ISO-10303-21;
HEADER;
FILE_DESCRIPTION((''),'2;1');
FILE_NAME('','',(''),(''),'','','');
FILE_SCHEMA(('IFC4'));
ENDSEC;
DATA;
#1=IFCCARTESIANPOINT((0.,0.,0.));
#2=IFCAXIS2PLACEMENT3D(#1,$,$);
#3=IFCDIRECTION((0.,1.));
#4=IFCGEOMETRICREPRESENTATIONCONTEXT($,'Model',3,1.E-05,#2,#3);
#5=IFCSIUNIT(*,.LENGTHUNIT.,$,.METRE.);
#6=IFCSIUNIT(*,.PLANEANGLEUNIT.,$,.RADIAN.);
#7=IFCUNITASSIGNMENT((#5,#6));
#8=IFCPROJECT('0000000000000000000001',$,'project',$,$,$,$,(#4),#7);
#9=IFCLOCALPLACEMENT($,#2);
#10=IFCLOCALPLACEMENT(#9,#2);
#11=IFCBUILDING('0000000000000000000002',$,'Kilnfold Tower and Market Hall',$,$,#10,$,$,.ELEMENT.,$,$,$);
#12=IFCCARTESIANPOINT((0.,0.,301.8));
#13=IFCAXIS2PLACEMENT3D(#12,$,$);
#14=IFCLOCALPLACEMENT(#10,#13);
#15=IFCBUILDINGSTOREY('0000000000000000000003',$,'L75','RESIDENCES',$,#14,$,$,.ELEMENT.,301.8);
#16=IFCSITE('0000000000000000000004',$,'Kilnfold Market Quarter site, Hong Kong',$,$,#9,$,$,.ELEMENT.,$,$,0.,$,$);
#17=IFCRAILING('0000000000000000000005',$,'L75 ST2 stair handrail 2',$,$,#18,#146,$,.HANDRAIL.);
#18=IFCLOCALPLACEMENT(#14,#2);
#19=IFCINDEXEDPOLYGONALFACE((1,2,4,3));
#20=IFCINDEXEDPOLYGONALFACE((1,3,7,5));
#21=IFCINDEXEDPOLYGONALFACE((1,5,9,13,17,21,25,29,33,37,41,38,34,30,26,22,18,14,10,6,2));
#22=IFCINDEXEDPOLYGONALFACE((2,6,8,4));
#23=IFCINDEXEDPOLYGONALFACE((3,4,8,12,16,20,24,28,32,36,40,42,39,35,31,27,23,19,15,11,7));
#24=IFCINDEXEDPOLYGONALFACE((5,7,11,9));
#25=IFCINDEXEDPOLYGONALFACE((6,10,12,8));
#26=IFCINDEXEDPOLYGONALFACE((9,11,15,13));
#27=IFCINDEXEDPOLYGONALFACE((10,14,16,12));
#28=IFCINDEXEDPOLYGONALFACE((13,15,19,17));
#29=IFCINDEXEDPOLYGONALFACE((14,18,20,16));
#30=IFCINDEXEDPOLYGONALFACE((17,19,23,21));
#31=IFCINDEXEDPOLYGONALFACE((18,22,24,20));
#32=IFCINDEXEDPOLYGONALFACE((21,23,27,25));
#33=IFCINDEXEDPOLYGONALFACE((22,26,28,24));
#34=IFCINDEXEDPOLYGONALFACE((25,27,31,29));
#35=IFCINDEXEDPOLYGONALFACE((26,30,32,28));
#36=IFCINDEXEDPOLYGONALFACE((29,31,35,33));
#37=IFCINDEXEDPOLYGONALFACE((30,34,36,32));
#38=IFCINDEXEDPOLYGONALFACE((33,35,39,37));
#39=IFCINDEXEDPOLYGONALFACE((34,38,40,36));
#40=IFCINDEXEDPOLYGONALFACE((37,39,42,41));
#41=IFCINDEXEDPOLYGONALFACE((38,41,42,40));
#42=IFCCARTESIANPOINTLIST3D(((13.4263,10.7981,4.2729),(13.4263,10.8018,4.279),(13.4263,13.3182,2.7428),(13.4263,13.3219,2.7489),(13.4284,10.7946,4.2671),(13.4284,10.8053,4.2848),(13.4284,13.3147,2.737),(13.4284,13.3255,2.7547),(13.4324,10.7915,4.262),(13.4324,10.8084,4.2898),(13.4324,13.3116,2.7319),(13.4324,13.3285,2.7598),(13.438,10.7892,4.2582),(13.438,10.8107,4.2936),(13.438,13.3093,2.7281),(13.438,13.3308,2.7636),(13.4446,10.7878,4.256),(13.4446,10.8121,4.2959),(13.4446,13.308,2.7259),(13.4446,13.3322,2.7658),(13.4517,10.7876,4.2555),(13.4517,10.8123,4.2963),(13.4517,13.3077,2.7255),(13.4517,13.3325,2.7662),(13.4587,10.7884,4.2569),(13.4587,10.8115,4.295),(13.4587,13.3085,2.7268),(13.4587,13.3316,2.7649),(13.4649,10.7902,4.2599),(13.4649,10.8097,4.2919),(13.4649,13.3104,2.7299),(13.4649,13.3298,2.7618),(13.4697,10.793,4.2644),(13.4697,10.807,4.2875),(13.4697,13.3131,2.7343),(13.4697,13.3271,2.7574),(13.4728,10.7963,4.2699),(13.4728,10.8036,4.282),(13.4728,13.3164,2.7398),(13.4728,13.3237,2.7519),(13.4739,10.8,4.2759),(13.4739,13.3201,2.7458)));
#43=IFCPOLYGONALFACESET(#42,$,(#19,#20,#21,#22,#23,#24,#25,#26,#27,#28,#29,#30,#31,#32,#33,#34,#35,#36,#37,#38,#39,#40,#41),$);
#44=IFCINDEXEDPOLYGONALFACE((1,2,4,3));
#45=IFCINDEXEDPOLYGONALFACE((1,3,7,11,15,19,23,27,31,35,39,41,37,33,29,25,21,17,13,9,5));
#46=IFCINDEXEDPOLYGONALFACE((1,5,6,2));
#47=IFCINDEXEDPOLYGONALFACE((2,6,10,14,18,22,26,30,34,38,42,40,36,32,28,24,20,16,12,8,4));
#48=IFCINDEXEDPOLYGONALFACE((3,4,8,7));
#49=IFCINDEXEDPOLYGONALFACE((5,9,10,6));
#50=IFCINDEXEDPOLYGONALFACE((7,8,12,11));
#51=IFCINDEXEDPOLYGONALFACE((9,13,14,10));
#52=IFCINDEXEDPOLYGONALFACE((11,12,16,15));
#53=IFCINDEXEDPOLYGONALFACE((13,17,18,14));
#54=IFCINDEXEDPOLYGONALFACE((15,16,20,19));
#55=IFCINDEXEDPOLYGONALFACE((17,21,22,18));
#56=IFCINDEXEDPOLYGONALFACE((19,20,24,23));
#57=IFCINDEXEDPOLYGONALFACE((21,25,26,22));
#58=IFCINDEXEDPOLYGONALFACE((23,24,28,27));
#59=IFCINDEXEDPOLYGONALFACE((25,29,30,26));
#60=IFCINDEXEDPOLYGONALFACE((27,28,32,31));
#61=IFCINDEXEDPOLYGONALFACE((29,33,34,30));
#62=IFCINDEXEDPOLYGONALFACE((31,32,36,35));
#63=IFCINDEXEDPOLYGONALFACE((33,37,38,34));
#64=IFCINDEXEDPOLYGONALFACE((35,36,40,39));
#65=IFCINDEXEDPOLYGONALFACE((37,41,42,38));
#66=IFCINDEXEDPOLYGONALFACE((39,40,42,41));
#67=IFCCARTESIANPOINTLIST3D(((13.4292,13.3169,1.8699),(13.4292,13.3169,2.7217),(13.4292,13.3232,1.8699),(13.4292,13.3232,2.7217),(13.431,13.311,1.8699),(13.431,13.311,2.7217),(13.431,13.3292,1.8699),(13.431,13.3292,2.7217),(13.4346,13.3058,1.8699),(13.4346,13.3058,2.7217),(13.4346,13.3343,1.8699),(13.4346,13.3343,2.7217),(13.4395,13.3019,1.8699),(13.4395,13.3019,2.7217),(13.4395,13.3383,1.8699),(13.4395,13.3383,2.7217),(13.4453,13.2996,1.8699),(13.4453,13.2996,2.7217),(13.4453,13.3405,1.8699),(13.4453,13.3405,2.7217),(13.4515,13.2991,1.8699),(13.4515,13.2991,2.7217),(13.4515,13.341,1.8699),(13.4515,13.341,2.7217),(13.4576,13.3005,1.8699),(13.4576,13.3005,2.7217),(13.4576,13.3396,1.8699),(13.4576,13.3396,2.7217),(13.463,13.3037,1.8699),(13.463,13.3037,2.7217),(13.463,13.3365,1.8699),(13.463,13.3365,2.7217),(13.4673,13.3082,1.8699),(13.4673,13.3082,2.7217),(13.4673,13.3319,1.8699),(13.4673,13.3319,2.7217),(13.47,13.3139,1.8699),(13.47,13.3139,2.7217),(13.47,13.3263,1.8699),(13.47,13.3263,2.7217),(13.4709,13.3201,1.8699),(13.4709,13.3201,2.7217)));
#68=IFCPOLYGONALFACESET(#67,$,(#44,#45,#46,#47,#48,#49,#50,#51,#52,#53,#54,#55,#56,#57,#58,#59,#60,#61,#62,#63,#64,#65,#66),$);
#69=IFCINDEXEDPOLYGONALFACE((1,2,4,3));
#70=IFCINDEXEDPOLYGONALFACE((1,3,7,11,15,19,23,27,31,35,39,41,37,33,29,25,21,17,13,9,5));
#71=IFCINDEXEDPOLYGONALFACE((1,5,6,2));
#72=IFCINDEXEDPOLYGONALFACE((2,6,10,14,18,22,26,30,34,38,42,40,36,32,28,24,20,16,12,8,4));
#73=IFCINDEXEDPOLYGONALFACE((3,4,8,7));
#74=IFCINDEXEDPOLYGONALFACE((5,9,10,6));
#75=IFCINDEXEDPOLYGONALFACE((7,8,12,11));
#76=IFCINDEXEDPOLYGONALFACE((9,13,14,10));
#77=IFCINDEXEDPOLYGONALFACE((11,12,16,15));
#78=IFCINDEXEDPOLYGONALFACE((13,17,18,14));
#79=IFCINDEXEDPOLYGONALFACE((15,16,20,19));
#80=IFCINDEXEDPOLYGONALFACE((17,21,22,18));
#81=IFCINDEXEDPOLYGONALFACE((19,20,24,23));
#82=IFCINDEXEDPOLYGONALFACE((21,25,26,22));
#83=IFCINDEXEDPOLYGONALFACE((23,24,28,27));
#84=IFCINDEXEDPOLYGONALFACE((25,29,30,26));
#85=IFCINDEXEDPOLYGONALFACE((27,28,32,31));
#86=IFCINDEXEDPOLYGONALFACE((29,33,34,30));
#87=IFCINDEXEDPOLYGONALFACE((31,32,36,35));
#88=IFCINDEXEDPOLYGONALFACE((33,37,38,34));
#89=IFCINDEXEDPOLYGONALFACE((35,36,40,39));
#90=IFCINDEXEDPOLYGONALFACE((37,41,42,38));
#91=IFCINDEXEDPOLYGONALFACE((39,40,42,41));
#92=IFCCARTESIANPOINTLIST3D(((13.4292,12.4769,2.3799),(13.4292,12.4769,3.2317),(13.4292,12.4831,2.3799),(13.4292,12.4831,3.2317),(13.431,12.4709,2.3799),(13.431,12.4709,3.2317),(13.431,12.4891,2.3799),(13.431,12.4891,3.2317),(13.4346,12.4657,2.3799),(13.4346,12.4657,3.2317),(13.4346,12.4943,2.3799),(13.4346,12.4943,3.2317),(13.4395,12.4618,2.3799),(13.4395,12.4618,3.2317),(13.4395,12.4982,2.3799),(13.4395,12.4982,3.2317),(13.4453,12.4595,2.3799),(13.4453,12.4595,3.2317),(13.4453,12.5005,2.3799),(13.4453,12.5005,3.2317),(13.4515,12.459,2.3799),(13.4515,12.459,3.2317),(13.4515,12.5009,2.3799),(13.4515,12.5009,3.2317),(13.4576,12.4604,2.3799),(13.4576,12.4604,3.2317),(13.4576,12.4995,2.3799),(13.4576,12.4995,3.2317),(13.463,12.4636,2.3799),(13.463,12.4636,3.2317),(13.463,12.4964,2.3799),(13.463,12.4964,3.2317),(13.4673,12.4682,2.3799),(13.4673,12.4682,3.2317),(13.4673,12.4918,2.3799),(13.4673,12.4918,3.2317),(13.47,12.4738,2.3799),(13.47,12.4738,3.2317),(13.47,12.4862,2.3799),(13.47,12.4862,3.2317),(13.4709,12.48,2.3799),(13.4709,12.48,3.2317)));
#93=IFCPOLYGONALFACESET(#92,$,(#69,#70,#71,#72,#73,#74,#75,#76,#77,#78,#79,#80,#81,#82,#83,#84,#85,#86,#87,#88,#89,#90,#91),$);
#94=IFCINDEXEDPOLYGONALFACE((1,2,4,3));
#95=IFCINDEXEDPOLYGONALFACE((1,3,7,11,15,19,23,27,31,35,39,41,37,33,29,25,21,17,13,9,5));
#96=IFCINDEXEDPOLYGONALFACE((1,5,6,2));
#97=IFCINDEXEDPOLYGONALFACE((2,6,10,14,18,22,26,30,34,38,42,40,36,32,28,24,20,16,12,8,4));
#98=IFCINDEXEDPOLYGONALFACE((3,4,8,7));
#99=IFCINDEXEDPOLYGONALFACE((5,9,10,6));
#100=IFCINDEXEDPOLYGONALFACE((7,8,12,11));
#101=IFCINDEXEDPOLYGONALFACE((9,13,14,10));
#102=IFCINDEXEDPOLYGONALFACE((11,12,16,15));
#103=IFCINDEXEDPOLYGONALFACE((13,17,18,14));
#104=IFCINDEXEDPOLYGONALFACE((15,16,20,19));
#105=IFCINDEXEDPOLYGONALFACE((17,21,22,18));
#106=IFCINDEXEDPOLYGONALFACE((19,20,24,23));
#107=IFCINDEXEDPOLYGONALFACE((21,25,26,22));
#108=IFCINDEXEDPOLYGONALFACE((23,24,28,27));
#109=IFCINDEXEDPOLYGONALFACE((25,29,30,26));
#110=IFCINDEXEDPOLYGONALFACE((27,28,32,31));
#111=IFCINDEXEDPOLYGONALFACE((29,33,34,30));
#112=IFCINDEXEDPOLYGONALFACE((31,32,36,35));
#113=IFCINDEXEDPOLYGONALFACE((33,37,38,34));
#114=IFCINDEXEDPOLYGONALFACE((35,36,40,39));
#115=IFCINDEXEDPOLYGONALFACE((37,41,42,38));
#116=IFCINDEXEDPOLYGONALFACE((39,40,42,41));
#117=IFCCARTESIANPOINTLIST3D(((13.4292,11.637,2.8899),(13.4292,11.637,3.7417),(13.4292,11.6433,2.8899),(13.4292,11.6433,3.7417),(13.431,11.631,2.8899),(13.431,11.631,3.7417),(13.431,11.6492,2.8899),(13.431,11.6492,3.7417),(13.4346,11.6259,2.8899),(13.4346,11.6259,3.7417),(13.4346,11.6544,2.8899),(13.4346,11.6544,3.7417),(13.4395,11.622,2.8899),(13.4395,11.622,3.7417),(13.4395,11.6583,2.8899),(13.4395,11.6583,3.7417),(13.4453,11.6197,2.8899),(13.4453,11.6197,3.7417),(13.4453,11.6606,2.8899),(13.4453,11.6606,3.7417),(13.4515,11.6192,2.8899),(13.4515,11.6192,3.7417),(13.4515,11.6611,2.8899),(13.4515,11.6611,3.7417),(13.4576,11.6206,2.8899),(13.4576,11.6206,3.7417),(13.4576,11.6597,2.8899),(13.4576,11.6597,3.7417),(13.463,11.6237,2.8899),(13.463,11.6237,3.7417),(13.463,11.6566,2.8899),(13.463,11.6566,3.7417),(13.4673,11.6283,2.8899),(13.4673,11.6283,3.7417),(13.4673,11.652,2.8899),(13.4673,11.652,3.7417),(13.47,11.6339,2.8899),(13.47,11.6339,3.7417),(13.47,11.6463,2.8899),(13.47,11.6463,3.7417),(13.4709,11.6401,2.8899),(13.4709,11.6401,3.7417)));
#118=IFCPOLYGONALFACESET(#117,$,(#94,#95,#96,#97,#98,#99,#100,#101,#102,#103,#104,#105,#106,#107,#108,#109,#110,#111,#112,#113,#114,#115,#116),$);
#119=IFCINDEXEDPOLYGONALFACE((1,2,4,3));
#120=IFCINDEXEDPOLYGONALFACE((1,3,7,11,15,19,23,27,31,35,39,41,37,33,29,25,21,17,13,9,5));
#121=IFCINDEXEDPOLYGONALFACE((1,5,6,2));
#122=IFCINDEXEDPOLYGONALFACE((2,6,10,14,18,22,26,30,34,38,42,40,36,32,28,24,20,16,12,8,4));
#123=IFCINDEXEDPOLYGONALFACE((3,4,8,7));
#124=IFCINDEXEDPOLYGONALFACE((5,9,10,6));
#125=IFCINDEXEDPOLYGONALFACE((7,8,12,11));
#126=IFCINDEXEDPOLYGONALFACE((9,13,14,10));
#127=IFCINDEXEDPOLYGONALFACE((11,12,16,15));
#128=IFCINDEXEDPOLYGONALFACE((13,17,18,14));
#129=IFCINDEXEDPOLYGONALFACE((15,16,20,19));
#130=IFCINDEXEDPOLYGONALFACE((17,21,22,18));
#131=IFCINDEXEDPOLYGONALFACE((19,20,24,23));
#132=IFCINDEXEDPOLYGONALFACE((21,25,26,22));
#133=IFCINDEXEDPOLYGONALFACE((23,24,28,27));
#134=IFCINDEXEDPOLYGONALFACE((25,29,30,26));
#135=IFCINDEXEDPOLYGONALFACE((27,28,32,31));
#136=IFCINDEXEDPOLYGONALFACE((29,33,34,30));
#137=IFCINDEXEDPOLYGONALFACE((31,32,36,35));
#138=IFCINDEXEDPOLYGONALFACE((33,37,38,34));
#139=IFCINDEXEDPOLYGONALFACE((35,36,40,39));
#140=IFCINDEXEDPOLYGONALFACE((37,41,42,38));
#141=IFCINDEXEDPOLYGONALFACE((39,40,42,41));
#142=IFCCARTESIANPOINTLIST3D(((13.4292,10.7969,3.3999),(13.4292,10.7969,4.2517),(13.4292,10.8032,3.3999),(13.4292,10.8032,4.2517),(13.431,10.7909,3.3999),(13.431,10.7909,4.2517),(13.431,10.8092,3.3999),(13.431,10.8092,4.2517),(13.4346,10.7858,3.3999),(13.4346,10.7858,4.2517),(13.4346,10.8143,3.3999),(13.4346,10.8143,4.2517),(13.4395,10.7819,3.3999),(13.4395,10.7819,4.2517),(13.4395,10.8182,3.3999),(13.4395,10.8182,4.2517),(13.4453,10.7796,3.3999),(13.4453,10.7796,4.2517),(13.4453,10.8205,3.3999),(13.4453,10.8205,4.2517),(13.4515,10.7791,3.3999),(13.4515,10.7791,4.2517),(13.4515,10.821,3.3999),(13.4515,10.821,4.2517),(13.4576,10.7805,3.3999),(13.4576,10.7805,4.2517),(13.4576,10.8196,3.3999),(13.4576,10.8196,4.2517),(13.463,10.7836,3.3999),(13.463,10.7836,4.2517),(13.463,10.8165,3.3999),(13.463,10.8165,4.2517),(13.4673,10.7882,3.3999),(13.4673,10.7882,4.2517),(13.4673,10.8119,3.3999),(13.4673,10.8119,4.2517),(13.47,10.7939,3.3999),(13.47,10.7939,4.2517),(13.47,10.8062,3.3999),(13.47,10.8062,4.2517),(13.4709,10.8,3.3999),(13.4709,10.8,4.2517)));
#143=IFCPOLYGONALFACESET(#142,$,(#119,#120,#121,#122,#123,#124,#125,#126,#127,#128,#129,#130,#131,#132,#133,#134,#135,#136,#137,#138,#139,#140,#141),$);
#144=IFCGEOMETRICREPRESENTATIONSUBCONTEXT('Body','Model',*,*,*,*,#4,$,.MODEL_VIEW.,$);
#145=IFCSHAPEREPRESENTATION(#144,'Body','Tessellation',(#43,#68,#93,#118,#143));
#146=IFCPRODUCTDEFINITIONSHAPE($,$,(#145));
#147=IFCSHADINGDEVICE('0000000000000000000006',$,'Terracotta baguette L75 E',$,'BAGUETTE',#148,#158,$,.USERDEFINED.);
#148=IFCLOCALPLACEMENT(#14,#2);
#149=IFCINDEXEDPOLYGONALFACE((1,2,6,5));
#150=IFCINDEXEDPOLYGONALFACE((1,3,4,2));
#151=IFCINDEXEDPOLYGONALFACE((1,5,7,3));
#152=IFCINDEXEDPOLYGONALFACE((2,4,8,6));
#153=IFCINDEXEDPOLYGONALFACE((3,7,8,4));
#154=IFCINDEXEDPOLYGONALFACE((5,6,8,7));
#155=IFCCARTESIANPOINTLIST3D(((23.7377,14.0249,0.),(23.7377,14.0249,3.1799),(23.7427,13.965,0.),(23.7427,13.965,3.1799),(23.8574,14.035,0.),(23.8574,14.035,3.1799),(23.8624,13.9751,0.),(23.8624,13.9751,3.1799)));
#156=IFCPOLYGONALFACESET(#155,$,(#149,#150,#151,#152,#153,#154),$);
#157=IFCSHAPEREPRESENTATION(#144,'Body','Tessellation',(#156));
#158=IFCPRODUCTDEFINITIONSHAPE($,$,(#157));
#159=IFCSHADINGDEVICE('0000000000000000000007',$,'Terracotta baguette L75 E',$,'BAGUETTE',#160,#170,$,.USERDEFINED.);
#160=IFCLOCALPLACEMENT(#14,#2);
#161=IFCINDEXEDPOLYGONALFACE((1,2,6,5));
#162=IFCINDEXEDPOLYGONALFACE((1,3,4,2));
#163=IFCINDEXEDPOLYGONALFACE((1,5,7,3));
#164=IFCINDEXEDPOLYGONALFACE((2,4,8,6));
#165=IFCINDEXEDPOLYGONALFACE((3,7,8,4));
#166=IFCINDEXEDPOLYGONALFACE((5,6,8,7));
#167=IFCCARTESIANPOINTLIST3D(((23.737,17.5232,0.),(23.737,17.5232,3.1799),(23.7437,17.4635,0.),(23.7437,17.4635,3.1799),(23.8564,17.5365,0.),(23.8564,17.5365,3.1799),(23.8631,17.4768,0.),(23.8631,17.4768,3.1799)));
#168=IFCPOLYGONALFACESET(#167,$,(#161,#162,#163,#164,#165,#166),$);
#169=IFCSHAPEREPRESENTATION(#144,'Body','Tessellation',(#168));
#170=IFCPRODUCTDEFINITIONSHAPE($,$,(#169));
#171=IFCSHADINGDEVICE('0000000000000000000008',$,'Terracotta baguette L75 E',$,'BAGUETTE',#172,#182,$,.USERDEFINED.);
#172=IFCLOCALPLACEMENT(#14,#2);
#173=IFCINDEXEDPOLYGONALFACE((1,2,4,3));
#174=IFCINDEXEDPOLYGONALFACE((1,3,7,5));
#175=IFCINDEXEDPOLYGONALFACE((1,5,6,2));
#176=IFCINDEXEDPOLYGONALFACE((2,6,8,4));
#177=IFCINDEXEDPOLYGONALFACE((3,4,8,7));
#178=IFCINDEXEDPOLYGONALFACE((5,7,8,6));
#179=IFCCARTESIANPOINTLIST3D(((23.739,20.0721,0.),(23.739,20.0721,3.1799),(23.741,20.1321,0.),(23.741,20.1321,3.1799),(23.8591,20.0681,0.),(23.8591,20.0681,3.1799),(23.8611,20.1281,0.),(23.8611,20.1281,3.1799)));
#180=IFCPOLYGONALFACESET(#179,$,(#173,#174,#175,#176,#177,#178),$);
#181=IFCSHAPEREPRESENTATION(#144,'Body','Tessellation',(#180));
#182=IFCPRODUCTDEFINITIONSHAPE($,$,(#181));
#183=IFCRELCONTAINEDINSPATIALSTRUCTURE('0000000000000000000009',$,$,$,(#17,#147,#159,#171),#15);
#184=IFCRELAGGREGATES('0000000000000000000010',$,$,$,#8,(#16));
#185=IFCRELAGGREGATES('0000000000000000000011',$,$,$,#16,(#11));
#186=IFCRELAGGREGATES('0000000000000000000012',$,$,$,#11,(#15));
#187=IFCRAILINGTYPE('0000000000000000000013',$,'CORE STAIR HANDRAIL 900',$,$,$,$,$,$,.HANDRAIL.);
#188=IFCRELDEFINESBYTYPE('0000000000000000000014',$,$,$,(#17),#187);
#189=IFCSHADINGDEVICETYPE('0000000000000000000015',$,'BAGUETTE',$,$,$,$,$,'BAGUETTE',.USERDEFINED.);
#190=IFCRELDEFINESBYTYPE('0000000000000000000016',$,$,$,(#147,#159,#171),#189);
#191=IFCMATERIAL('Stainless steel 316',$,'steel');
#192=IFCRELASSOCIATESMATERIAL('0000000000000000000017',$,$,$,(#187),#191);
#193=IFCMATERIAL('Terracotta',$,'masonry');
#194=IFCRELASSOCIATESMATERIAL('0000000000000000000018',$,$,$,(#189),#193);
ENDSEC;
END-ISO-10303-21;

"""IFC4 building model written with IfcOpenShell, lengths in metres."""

from ifc_helpers import new_model, si_unit, direction, frame, origin, origin_2d, place, context, subcontext, project, spatial, rectangle, circle, extrude, source, transform, mapped, material, material_profile, profile_set, type_object, element, save


model = new_model("IFC4")

# Units and contexts
model_context = context("Model", 3, precision=1e-05, world=origin(), true_north=direction((0.0, 1.0)))
body_context = subcontext(model_context, "Body", "Model", "MODEL_VIEW")
ifc_project = project(units=[si_unit("LENGTHUNIT", "METRE"), si_unit("PLANEANGLEUNIT", "RADIAN")], contexts=[model_context])

# Site, building, storey
site_placement = place(None, origin())
site = spatial("IfcSite", under=ifc_project, at=site_placement, Name="Kilnfold Market Quarter site, Hong Kong", CompositionType="ELEMENT", RefElevation=0.0)
building_placement = place(site_placement, origin())
building = spatial("IfcBuilding", under=site, at=building_placement, Name="Kilnfold Tower and Market Hall", CompositionType="ELEMENT")
storey_placement = place(building_placement, frame((0.0, 0.0, 301.8)))
storey = spatial("IfcBuildingStorey", under=building, at=storey_placement, Name="L75", Description="RESIDENCES", CompositionType="ELEMENT", Elevation=301.8)

# Railing
ifc_material_1 = material(Name="Stainless steel 316", Category="steel")
railing_type = type_object("IfcRailingType", Name="CORE STAIR HANDRAIL 900", PredefinedType="HANDRAIL", material=ifc_material_1)
railing_placement = place(storey_placement, frame((13.45, 13.3201, 1.8699)))
element("IfcRailing", 1, at=railing_placement, inside=storey, type_object=railing_type, Name="L75 ST2 stair handrail 2", PredefinedType="HANDRAIL", context=body_context, shape_type="SweptSolid", body=[
    extrude(circle(Radius=0.0239, at=origin_2d()), frame((0.0, 0.0, 0.876), z_axis=(0.0, -0.854785, 0.518982), x_axis=(1.0, 0.0, 0.0)), (0.0, 0.0, 1.0), 2.9482),
    extrude(circle(Radius=0.021, at=origin_2d()), origin(), (0.0, 0.0, 1.0), 0.8518),
    extrude(circle(Radius=0.021, at=origin_2d()), frame((0.0, -0.8401, 0.51)), (0.0, 0.0, 1.0), 0.8518),
    extrude(circle(Radius=0.021, at=origin_2d()), frame((0.0, -1.6799, 1.02)), (0.0, 0.0, 1.0), 0.8518),
    extrude(circle(Radius=0.021, at=origin_2d()), frame((0.0, -2.52, 1.53)), (0.0, 0.0, 1.0), 0.8518),
])

# Shading devices
ifc_material_2 = material(Name="Terracotta", Category="masonry")
ifc_material_profile_1 = material_profile(ifc_material_2, rectangle(XDim=0.0601, YDim=0.1201, at=origin_2d()), Name="BAG 60x120")
ifc_profile_set_1 = profile_set([ifc_material_profile_1], Name="Terracotta")
shading_device_type = type_object("IfcShadingDeviceType", Name="BAGUETTE", ElementType="BAGUETTE", PredefinedType="USERDEFINED", material=ifc_profile_set_1)
shared_shape_1 = source(origin(), body_context, "Body", "SweptSolid", [
    extrude(rectangle(XDim=0.0601, YDim=0.1201, at=origin_2d()), origin(), (0.0, 0.0, 1.0), 3.1799),
])
for number, where, z_axis, x_axis, name in (
    (2, (23.8, 14.0, 0.0), (0.0, 0.0, 1.0), (-0.084172, 0.996451, 0.0), "Terracotta baguette L75 E"),
    (3, (23.8, 17.5, 0.0), (0.0, 0.0, 1.0), (-0.111098, 0.993809, 0.0), "Terracotta baguette L75 E"),
    (4, (23.8, 20.1001, 0.0), (0.0, 0.0, 1.0), (0.033729, 0.999431, 0.0), "Terracotta baguette L75 E"),
):
    element("IfcShadingDevice", number, at=place(storey_placement, frame(where, z_axis=z_axis, x_axis=x_axis)), inside=storey, type_object=shading_device_type, Name=name, ObjectType="BAGUETTE", PredefinedType="USERDEFINED", context=body_context, shape_type="MappedRepresentation", body=[
        mapped(shared_shape_1, transform((0.0, 0.0, 0.0))),
    ])

save(model, "model.ifc")
